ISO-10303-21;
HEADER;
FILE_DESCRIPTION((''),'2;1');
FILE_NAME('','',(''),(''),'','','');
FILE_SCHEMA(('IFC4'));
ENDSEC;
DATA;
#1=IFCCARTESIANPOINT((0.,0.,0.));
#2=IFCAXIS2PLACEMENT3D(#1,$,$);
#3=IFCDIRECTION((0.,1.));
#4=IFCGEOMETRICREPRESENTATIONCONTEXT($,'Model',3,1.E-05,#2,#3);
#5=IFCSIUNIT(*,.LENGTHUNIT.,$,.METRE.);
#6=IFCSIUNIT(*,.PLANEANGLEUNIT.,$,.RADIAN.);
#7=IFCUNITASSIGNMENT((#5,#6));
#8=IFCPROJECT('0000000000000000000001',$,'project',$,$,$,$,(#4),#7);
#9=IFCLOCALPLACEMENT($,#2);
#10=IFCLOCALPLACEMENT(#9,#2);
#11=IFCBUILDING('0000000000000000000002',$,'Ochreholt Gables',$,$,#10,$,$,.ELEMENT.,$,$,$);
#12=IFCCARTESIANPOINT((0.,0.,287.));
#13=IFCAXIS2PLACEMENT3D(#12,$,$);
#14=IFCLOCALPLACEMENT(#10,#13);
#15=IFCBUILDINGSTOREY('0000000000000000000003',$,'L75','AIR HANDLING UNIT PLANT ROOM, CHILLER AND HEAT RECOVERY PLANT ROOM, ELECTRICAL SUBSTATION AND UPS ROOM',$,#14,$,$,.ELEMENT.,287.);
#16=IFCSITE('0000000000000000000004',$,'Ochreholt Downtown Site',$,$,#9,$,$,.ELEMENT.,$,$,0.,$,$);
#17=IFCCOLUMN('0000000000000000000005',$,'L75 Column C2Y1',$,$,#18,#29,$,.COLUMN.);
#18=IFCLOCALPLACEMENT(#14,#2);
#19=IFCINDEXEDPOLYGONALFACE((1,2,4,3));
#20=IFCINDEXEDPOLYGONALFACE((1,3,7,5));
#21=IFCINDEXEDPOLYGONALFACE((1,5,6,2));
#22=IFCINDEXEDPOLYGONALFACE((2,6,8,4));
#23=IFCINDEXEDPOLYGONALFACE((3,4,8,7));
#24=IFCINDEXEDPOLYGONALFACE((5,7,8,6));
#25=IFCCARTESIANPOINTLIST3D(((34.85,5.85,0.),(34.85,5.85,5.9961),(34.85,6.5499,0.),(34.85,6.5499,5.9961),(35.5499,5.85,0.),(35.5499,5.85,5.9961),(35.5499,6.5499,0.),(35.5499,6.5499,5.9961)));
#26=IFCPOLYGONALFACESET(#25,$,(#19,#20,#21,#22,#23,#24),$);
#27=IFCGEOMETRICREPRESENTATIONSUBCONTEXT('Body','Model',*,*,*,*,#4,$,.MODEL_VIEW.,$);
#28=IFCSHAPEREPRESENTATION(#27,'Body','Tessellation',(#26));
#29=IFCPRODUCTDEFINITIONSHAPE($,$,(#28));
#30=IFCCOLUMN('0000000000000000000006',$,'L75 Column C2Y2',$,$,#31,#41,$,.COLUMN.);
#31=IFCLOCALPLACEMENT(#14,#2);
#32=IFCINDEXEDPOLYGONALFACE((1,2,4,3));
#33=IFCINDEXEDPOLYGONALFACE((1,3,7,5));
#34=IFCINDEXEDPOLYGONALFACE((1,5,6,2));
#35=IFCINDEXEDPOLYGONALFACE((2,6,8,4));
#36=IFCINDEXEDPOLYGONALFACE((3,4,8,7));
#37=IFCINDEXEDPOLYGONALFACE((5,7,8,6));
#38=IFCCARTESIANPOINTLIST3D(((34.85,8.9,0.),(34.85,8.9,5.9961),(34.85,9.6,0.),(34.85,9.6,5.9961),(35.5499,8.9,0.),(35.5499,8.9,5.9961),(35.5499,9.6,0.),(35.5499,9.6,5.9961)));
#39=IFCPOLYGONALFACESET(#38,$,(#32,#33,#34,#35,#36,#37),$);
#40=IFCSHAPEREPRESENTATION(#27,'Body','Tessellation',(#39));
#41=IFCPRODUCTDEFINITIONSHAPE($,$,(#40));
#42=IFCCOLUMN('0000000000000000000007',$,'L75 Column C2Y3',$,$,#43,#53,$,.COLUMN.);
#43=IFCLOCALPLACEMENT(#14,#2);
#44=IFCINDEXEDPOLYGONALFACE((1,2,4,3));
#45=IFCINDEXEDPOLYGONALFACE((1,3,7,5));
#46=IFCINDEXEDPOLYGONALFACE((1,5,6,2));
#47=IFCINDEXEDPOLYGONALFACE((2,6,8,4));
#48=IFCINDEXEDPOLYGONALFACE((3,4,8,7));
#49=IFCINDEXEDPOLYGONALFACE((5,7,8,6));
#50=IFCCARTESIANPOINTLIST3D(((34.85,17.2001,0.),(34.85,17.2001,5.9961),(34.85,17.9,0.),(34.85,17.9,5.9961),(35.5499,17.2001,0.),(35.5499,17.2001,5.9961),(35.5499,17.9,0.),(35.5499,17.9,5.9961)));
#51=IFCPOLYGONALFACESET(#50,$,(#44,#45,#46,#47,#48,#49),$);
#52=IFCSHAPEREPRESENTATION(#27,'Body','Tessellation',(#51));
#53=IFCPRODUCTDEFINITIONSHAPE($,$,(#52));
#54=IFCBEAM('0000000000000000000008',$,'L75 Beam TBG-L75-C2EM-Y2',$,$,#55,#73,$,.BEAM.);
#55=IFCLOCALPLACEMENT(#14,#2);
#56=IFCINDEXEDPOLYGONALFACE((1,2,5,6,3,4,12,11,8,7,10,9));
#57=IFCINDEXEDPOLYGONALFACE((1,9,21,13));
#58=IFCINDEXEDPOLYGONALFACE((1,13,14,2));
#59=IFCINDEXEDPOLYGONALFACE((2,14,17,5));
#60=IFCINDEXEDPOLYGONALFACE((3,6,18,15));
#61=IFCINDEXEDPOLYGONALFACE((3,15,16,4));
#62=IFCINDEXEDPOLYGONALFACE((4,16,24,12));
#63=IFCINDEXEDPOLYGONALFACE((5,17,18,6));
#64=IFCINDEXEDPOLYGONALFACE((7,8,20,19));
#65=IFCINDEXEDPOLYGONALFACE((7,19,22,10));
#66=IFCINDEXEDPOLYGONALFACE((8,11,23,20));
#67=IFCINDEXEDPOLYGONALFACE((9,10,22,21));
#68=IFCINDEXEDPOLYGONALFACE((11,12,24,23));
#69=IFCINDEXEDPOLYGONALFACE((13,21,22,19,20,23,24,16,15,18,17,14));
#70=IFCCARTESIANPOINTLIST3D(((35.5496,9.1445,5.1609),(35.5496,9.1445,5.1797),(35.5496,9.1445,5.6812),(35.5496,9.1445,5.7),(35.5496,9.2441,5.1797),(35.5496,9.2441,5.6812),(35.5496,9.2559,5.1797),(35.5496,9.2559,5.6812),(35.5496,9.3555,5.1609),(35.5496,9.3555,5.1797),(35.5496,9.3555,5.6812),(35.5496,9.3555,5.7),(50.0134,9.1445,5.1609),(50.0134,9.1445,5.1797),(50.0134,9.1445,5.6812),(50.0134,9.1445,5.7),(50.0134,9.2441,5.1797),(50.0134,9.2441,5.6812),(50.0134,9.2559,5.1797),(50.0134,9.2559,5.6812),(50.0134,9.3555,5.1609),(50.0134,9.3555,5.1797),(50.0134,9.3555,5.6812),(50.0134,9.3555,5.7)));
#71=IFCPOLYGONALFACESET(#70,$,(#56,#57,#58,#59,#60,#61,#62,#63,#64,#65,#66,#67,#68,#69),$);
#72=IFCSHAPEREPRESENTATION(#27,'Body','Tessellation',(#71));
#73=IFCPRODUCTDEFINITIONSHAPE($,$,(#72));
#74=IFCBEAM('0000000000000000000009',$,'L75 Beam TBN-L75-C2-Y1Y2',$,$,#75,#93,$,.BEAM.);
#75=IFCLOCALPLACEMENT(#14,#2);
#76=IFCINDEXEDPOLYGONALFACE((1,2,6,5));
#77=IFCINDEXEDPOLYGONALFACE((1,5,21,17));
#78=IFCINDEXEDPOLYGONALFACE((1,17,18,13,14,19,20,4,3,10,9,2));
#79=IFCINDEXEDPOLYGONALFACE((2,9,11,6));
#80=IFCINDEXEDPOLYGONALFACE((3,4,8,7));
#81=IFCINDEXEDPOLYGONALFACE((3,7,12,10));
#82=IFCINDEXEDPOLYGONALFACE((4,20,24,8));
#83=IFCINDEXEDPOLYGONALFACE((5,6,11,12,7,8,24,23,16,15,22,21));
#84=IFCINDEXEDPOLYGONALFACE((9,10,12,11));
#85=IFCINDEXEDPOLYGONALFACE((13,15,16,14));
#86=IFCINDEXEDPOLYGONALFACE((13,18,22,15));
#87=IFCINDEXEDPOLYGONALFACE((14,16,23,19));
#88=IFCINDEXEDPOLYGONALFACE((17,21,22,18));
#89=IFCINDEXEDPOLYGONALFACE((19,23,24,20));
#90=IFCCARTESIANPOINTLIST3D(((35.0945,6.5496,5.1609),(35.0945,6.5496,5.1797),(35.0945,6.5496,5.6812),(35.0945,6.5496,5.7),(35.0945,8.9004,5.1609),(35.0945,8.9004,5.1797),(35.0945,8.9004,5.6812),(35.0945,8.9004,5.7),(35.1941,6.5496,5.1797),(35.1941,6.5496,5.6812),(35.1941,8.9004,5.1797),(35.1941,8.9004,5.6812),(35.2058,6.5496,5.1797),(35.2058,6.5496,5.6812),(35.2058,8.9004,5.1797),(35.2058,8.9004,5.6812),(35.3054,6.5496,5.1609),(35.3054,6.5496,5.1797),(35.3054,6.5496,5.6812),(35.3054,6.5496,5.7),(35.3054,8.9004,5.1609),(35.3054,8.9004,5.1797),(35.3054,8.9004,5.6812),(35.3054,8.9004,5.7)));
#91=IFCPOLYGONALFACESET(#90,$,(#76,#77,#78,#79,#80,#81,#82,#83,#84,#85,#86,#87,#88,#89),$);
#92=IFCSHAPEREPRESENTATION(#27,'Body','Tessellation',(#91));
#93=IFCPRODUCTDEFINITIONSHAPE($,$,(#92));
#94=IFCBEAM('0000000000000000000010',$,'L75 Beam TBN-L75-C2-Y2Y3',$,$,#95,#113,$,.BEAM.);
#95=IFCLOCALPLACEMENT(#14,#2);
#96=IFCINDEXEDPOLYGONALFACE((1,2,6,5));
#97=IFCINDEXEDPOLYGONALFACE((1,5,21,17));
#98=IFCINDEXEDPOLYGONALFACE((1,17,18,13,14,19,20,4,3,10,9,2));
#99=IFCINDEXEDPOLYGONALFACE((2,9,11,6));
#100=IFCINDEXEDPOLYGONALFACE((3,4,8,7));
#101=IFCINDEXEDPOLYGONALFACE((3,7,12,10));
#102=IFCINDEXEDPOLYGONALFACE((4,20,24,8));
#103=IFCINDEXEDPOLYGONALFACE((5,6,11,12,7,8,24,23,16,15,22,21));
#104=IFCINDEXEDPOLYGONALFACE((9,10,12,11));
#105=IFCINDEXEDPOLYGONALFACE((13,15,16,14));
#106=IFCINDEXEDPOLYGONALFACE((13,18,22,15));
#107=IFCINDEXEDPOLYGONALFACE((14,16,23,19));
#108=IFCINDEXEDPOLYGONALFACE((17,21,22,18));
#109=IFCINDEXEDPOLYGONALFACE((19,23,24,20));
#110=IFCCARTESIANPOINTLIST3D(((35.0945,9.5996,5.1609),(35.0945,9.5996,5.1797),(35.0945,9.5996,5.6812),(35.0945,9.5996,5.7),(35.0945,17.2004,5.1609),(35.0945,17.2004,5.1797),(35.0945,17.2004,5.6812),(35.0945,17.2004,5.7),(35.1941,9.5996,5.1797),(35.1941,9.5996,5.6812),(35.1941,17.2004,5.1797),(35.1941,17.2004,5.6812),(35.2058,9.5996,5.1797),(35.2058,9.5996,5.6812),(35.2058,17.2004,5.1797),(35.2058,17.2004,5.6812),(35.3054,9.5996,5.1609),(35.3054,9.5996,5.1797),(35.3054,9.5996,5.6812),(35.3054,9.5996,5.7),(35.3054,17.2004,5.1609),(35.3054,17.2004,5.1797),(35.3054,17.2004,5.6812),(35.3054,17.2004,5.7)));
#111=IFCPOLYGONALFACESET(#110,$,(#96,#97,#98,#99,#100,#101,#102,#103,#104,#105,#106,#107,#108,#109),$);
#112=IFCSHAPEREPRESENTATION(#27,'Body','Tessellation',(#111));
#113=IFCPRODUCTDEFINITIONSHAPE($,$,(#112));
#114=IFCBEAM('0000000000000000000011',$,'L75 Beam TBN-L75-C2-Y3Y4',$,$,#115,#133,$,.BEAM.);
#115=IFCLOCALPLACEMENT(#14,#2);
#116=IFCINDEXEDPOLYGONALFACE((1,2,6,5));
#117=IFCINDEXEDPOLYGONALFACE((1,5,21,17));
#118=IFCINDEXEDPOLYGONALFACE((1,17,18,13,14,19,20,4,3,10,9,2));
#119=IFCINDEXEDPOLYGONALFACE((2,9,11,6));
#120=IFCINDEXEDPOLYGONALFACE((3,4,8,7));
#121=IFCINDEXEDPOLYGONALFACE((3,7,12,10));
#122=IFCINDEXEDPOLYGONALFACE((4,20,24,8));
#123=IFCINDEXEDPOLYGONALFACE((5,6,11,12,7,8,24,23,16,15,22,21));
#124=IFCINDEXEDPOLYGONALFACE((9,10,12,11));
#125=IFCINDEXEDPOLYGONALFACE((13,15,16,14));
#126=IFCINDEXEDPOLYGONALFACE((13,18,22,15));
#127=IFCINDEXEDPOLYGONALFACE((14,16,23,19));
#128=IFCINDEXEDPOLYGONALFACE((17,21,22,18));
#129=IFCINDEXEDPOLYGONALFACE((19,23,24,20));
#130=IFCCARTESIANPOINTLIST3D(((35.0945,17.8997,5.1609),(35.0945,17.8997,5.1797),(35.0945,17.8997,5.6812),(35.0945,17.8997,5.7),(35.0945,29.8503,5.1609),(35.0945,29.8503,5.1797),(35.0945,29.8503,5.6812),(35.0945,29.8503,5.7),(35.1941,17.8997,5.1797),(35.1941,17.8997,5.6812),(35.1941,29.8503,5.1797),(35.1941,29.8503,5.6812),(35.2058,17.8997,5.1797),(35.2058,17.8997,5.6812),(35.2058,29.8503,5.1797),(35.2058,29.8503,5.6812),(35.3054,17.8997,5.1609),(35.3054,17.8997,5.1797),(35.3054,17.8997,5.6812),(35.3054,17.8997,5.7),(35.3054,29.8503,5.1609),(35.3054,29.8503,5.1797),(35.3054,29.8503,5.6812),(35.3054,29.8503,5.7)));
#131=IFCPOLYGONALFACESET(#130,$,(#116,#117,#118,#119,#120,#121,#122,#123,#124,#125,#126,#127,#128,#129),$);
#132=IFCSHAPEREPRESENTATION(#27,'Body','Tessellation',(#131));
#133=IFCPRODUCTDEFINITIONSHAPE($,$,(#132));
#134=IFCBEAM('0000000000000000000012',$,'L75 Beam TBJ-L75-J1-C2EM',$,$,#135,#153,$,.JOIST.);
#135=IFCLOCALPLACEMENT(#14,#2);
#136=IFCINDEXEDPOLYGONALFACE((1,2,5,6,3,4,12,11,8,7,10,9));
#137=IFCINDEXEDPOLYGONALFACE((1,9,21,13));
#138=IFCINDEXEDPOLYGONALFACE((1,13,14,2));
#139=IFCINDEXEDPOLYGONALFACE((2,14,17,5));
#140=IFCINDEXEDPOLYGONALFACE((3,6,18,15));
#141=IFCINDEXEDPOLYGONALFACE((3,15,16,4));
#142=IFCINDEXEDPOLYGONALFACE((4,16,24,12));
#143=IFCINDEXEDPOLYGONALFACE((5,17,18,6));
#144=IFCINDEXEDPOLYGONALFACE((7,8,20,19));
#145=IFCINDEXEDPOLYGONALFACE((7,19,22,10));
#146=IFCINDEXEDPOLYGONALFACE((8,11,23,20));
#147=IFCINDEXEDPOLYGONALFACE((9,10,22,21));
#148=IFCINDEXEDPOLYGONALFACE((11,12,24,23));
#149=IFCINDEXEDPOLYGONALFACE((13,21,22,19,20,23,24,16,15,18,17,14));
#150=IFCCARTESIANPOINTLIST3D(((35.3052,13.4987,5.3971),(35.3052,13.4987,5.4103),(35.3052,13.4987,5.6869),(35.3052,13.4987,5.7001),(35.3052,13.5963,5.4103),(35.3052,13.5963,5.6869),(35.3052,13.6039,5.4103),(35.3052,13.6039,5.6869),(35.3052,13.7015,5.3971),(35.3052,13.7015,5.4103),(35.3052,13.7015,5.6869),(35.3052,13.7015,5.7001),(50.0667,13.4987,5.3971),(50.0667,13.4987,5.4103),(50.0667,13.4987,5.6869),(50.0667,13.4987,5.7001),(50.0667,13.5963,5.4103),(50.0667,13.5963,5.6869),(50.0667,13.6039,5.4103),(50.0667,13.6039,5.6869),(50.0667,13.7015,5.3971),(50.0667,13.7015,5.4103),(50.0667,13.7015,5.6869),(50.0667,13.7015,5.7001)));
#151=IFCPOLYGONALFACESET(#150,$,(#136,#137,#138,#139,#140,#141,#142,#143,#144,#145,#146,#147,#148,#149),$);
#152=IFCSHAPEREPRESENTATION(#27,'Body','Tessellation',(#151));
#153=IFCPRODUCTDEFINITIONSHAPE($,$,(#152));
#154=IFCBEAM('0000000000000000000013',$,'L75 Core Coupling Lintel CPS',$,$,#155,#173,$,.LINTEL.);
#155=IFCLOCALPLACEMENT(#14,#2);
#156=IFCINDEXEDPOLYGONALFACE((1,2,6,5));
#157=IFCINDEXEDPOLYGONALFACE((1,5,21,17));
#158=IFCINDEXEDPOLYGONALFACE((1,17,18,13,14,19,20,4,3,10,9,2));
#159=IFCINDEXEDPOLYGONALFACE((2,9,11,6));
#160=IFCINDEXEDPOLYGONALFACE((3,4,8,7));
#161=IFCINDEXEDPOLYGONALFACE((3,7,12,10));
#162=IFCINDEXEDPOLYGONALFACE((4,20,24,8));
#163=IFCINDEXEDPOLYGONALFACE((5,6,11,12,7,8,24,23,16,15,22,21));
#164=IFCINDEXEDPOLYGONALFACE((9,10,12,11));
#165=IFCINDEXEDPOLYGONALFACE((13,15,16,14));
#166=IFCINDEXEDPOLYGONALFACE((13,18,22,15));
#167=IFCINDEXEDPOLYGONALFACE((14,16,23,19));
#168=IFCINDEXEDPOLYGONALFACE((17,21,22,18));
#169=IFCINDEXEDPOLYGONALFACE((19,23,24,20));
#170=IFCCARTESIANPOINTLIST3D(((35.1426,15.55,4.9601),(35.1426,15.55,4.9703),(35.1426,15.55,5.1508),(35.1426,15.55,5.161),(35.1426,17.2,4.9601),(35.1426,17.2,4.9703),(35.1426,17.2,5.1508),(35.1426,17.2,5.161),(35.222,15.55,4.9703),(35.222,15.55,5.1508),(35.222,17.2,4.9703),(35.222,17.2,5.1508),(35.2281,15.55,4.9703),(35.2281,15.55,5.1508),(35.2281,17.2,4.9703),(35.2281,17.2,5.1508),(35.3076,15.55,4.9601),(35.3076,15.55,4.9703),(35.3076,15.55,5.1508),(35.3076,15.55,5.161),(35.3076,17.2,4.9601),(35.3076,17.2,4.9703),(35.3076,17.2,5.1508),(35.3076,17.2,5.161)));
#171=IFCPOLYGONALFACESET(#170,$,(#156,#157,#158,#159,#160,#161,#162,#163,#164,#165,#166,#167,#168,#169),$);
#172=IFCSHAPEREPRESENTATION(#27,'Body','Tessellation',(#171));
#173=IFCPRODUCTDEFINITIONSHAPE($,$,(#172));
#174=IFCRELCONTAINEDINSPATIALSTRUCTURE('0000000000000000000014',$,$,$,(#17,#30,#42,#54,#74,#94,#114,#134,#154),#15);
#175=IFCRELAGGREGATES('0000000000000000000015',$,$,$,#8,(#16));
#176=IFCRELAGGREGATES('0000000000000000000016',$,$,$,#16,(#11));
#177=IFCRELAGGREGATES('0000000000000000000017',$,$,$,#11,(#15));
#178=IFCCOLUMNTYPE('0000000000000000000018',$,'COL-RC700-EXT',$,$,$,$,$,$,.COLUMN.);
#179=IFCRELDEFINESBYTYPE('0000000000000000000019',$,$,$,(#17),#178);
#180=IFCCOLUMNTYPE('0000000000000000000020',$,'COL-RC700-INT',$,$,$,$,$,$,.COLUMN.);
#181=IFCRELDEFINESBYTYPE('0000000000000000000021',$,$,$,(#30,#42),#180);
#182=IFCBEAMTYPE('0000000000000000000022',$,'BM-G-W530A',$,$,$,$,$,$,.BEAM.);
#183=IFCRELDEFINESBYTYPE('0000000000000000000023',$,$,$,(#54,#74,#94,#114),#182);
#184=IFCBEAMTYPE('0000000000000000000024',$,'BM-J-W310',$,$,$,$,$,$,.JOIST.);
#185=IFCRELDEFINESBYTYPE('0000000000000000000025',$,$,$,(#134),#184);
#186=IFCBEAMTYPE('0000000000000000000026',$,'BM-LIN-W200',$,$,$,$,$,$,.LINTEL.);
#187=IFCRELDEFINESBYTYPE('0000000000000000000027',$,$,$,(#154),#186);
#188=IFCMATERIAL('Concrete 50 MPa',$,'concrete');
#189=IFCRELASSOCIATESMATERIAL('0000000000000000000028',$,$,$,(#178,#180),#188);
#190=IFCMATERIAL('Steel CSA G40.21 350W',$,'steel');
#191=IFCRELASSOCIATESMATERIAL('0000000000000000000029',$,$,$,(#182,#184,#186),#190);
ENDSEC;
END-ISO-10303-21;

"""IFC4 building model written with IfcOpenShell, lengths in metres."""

from ifc_helpers import new_model, si_unit, direction, frame, origin, origin_2d, place, context, subcontext, project, spatial, rectangle, i_section, extrude, material, material_profile, profile_set, type_object, element, save


model = new_model("IFC4")

# Units and contexts
model_context = context("Model", 3, precision=1e-05, world=origin(), true_north=direction((0.0, 1.0)))
body_context = subcontext(model_context, "Body", "Model", "MODEL_VIEW")
ifc_project = project(units=[si_unit("LENGTHUNIT", "METRE"), si_unit("PLANEANGLEUNIT", "RADIAN")], contexts=[model_context])

# Site, building, storey
site_placement = place(None, origin())
site = spatial("IfcSite", under=ifc_project, at=site_placement, Name="Ochreholt Downtown Site", CompositionType="ELEMENT", RefElevation=0.0)
building_placement = place(site_placement, origin())
building = spatial("IfcBuilding", under=site, at=building_placement, Name="Ochreholt Gables", CompositionType="ELEMENT")
storey_placement = place(building_placement, frame((0.0, 0.0, 287.0)))
storey = spatial("IfcBuildingStorey", under=building, at=storey_placement, Name="L75", Description="AIR HANDLING UNIT PLANT ROOM, CHILLER AND HEAT RECOVERY PLANT ROOM, ELECTRICAL SUBSTATION AND UPS ROOM", CompositionType="ELEMENT", Elevation=287.0)

# Columns
ifc_material_1 = material(Name="Concrete 50 MPa", Category="concrete")
ifc_material_profile_1 = material_profile(ifc_material_1, rectangle(XDim=0.7, YDim=0.7, at=origin_2d()), Name="RC700X700")
ifc_profile_set_1 = profile_set([ifc_material_profile_1], Name="Concrete 50 MPa")
column_type_1 = type_object("IfcColumnType", Name="COL-RC700-EXT", PredefinedType="COLUMN", material=ifc_profile_set_1)
column_placement = place(storey_placement, frame((35.2, 6.2, 0.0), z_axis=(0.0, 0.0, 1.0), x_axis=(1.0, 0.0, 0.0)))
element("IfcColumn", 1, at=column_placement, inside=storey, type_object=column_type_1, Name="L75 Column C2Y1", PredefinedType="COLUMN", context=body_context, shape_type="SweptSolid", body=[
    extrude(rectangle(XDim=0.7, YDim=0.7, at=origin_2d()), origin(), (0.0, 0.0, 1.0), 5.9961),
])
ifc_material_profile_2 = material_profile(ifc_material_1, rectangle(XDim=0.7, YDim=0.7, at=origin_2d()), Name="RC700X700")
ifc_profile_set_2 = profile_set([ifc_material_profile_2], Name="Concrete 50 MPa")
column_type_2 = type_object("IfcColumnType", Name="COL-RC700-INT", PredefinedType="COLUMN", material=ifc_profile_set_2)
for number, where, z_axis, x_axis, name in (
    (2, (35.2, 9.25, 0.0), (0.0, 0.0, 1.0), (1.0, 0.0, 0.0), "L75 Column C2Y2"),
    (3, (35.2, 17.55, 0.0), (0.0, 0.0, 1.0), (1.0, 0.0, 0.0), "L75 Column C2Y3"),
):
    element("IfcColumn", number, at=place(storey_placement, frame(where, z_axis=z_axis, x_axis=x_axis)), inside=storey, type_object=column_type_2, Name=name, PredefinedType="COLUMN", context=body_context, shape_type="SweptSolid", body=[
        extrude(rectangle(XDim=0.7, YDim=0.7, at=origin_2d()), origin(), (0.0, 0.0, 1.0), 5.9961),
    ])

# Beams
ifc_material_2 = material(Name="Steel CSA G40.21 350W", Category="steel")
ifc_material_profile_3 = material_profile(ifc_material_2, i_section(OverallWidth=0.2109, OverallDepth=0.5391, WebThickness=0.0117, FlangeThickness=0.0188, at=origin_2d()), Name="W530X109")
ifc_profile_set_3 = profile_set([ifc_material_profile_3], Name="Steel CSA G40.21 350W")
beam_type_1 = type_object("IfcBeamType", Name="BM-G-W530A", PredefinedType="BEAM", material=ifc_profile_set_3)
beam_1_placement = place(storey_placement, frame((35.5496, 9.25, 5.4304), z_axis=(1.0, 0.0, 0.0), x_axis=(0.0, 1.0, 0.0)))
element("IfcBeam", 4, at=beam_1_placement, inside=storey, type_object=beam_type_1, Name="L75 Beam TBG-L75-C2EM-Y2", PredefinedType="BEAM", context=body_context, shape_type="SweptSolid", body=[
    extrude(i_section(OverallWidth=0.2109, OverallDepth=0.5391, WebThickness=0.0117, FlangeThickness=0.0188, at=origin_2d()), origin(), (0.0, 0.0, 1.0), 14.4639),
])
beam_2_placement = place(storey_placement, frame((35.2, 6.5496, 5.4304), z_axis=(0.0, 1.0, 0.0), x_axis=(-1.0, 0.0, 0.0)))
element("IfcBeam", 5, at=beam_2_placement, inside=storey, type_object=beam_type_1, Name="L75 Beam TBN-L75-C2-Y1Y2", PredefinedType="BEAM", context=body_context, shape_type="SweptSolid", body=[
    extrude(i_section(OverallWidth=0.2109, OverallDepth=0.5391, WebThickness=0.0117, FlangeThickness=0.0188, at=origin_2d()), origin(), (0.0, 0.0, 1.0), 2.3508),
])
beam_3_placement = place(storey_placement, frame((35.2, 9.5996, 5.4304), z_axis=(0.0, 1.0, 0.0), x_axis=(-1.0, 0.0, 0.0)))
element("IfcBeam", 6, at=beam_3_placement, inside=storey, type_object=beam_type_1, Name="L75 Beam TBN-L75-C2-Y2Y3", PredefinedType="BEAM", context=body_context, shape_type="SweptSolid", body=[
    extrude(i_section(OverallWidth=0.2109, OverallDepth=0.5391, WebThickness=0.0117, FlangeThickness=0.0188, at=origin_2d()), origin(), (0.0, 0.0, 1.0), 7.6008),
])
beam_4_placement = place(storey_placement, frame((35.2, 17.8997, 5.4304), z_axis=(0.0, 1.0, 0.0), x_axis=(-1.0, 0.0, 0.0)))
element("IfcBeam", 7, at=beam_4_placement, inside=storey, type_object=beam_type_1, Name="L75 Beam TBN-L75-C2-Y3Y4", PredefinedType="BEAM", context=body_context, shape_type="SweptSolid", body=[
    extrude(i_section(OverallWidth=0.2109, OverallDepth=0.5391, WebThickness=0.0117, FlangeThickness=0.0188, at=origin_2d()), origin(), (0.0, 0.0, 1.0), 11.9507),
])
ifc_material_profile_4 = material_profile(ifc_material_2, i_section(OverallWidth=0.2029, OverallDepth=0.303, WebThickness=0.0076, FlangeThickness=0.0132, at=origin_2d()), Name="W310X60")
ifc_profile_set_4 = profile_set([ifc_material_profile_4], Name="Steel CSA G40.21 350W")
beam_type_2 = type_object("IfcBeamType", Name="BM-J-W310", PredefinedType="JOIST", material=ifc_profile_set_4)
beam_5_placement = place(storey_placement, frame((35.3052, 13.6001, 5.5486), z_axis=(1.0, 0.0, 0.0), x_axis=(0.0, 1.0, 0.0)))
element("IfcBeam", 8, at=beam_5_placement, inside=storey, type_object=beam_type_2, Name="L75 Beam TBJ-L75-J1-C2EM", PredefinedType="JOIST", context=body_context, shape_type="SweptSolid", body=[
    extrude(i_section(OverallWidth=0.2029, OverallDepth=0.303, WebThickness=0.0076, FlangeThickness=0.0132, at=origin_2d()), origin(), (0.0, 0.0, 1.0), 14.7615),
])
ifc_material_profile_5 = material_profile(ifc_material_2, i_section(OverallWidth=0.165, OverallDepth=0.2009, WebThickness=0.0061, FlangeThickness=0.0103, at=origin_2d()), Name="W200X36")
ifc_profile_set_5 = profile_set([ifc_material_profile_5], Name="Steel CSA G40.21 350W")
beam_type_3 = type_object("IfcBeamType", Name="BM-LIN-W200", PredefinedType="LINTEL", material=ifc_profile_set_5)
beam_6_placement = place(storey_placement, frame((35.2251, 15.55, 5.0605), z_axis=(0.0, 1.0, 0.0), x_axis=(-1.0, 0.0, 0.0)))
element("IfcBeam", 9, at=beam_6_placement, inside=storey, type_object=beam_type_3, Name="L75 Core Coupling Lintel CPS", PredefinedType="LINTEL", context=body_context, shape_type="SweptSolid", body=[
    extrude(i_section(OverallWidth=0.165, OverallDepth=0.2009, WebThickness=0.0061, FlangeThickness=0.0103, at=origin_2d()), origin(), (0.0, 0.0, 1.0), 1.6499),
])

save(model, "model.ifc")
